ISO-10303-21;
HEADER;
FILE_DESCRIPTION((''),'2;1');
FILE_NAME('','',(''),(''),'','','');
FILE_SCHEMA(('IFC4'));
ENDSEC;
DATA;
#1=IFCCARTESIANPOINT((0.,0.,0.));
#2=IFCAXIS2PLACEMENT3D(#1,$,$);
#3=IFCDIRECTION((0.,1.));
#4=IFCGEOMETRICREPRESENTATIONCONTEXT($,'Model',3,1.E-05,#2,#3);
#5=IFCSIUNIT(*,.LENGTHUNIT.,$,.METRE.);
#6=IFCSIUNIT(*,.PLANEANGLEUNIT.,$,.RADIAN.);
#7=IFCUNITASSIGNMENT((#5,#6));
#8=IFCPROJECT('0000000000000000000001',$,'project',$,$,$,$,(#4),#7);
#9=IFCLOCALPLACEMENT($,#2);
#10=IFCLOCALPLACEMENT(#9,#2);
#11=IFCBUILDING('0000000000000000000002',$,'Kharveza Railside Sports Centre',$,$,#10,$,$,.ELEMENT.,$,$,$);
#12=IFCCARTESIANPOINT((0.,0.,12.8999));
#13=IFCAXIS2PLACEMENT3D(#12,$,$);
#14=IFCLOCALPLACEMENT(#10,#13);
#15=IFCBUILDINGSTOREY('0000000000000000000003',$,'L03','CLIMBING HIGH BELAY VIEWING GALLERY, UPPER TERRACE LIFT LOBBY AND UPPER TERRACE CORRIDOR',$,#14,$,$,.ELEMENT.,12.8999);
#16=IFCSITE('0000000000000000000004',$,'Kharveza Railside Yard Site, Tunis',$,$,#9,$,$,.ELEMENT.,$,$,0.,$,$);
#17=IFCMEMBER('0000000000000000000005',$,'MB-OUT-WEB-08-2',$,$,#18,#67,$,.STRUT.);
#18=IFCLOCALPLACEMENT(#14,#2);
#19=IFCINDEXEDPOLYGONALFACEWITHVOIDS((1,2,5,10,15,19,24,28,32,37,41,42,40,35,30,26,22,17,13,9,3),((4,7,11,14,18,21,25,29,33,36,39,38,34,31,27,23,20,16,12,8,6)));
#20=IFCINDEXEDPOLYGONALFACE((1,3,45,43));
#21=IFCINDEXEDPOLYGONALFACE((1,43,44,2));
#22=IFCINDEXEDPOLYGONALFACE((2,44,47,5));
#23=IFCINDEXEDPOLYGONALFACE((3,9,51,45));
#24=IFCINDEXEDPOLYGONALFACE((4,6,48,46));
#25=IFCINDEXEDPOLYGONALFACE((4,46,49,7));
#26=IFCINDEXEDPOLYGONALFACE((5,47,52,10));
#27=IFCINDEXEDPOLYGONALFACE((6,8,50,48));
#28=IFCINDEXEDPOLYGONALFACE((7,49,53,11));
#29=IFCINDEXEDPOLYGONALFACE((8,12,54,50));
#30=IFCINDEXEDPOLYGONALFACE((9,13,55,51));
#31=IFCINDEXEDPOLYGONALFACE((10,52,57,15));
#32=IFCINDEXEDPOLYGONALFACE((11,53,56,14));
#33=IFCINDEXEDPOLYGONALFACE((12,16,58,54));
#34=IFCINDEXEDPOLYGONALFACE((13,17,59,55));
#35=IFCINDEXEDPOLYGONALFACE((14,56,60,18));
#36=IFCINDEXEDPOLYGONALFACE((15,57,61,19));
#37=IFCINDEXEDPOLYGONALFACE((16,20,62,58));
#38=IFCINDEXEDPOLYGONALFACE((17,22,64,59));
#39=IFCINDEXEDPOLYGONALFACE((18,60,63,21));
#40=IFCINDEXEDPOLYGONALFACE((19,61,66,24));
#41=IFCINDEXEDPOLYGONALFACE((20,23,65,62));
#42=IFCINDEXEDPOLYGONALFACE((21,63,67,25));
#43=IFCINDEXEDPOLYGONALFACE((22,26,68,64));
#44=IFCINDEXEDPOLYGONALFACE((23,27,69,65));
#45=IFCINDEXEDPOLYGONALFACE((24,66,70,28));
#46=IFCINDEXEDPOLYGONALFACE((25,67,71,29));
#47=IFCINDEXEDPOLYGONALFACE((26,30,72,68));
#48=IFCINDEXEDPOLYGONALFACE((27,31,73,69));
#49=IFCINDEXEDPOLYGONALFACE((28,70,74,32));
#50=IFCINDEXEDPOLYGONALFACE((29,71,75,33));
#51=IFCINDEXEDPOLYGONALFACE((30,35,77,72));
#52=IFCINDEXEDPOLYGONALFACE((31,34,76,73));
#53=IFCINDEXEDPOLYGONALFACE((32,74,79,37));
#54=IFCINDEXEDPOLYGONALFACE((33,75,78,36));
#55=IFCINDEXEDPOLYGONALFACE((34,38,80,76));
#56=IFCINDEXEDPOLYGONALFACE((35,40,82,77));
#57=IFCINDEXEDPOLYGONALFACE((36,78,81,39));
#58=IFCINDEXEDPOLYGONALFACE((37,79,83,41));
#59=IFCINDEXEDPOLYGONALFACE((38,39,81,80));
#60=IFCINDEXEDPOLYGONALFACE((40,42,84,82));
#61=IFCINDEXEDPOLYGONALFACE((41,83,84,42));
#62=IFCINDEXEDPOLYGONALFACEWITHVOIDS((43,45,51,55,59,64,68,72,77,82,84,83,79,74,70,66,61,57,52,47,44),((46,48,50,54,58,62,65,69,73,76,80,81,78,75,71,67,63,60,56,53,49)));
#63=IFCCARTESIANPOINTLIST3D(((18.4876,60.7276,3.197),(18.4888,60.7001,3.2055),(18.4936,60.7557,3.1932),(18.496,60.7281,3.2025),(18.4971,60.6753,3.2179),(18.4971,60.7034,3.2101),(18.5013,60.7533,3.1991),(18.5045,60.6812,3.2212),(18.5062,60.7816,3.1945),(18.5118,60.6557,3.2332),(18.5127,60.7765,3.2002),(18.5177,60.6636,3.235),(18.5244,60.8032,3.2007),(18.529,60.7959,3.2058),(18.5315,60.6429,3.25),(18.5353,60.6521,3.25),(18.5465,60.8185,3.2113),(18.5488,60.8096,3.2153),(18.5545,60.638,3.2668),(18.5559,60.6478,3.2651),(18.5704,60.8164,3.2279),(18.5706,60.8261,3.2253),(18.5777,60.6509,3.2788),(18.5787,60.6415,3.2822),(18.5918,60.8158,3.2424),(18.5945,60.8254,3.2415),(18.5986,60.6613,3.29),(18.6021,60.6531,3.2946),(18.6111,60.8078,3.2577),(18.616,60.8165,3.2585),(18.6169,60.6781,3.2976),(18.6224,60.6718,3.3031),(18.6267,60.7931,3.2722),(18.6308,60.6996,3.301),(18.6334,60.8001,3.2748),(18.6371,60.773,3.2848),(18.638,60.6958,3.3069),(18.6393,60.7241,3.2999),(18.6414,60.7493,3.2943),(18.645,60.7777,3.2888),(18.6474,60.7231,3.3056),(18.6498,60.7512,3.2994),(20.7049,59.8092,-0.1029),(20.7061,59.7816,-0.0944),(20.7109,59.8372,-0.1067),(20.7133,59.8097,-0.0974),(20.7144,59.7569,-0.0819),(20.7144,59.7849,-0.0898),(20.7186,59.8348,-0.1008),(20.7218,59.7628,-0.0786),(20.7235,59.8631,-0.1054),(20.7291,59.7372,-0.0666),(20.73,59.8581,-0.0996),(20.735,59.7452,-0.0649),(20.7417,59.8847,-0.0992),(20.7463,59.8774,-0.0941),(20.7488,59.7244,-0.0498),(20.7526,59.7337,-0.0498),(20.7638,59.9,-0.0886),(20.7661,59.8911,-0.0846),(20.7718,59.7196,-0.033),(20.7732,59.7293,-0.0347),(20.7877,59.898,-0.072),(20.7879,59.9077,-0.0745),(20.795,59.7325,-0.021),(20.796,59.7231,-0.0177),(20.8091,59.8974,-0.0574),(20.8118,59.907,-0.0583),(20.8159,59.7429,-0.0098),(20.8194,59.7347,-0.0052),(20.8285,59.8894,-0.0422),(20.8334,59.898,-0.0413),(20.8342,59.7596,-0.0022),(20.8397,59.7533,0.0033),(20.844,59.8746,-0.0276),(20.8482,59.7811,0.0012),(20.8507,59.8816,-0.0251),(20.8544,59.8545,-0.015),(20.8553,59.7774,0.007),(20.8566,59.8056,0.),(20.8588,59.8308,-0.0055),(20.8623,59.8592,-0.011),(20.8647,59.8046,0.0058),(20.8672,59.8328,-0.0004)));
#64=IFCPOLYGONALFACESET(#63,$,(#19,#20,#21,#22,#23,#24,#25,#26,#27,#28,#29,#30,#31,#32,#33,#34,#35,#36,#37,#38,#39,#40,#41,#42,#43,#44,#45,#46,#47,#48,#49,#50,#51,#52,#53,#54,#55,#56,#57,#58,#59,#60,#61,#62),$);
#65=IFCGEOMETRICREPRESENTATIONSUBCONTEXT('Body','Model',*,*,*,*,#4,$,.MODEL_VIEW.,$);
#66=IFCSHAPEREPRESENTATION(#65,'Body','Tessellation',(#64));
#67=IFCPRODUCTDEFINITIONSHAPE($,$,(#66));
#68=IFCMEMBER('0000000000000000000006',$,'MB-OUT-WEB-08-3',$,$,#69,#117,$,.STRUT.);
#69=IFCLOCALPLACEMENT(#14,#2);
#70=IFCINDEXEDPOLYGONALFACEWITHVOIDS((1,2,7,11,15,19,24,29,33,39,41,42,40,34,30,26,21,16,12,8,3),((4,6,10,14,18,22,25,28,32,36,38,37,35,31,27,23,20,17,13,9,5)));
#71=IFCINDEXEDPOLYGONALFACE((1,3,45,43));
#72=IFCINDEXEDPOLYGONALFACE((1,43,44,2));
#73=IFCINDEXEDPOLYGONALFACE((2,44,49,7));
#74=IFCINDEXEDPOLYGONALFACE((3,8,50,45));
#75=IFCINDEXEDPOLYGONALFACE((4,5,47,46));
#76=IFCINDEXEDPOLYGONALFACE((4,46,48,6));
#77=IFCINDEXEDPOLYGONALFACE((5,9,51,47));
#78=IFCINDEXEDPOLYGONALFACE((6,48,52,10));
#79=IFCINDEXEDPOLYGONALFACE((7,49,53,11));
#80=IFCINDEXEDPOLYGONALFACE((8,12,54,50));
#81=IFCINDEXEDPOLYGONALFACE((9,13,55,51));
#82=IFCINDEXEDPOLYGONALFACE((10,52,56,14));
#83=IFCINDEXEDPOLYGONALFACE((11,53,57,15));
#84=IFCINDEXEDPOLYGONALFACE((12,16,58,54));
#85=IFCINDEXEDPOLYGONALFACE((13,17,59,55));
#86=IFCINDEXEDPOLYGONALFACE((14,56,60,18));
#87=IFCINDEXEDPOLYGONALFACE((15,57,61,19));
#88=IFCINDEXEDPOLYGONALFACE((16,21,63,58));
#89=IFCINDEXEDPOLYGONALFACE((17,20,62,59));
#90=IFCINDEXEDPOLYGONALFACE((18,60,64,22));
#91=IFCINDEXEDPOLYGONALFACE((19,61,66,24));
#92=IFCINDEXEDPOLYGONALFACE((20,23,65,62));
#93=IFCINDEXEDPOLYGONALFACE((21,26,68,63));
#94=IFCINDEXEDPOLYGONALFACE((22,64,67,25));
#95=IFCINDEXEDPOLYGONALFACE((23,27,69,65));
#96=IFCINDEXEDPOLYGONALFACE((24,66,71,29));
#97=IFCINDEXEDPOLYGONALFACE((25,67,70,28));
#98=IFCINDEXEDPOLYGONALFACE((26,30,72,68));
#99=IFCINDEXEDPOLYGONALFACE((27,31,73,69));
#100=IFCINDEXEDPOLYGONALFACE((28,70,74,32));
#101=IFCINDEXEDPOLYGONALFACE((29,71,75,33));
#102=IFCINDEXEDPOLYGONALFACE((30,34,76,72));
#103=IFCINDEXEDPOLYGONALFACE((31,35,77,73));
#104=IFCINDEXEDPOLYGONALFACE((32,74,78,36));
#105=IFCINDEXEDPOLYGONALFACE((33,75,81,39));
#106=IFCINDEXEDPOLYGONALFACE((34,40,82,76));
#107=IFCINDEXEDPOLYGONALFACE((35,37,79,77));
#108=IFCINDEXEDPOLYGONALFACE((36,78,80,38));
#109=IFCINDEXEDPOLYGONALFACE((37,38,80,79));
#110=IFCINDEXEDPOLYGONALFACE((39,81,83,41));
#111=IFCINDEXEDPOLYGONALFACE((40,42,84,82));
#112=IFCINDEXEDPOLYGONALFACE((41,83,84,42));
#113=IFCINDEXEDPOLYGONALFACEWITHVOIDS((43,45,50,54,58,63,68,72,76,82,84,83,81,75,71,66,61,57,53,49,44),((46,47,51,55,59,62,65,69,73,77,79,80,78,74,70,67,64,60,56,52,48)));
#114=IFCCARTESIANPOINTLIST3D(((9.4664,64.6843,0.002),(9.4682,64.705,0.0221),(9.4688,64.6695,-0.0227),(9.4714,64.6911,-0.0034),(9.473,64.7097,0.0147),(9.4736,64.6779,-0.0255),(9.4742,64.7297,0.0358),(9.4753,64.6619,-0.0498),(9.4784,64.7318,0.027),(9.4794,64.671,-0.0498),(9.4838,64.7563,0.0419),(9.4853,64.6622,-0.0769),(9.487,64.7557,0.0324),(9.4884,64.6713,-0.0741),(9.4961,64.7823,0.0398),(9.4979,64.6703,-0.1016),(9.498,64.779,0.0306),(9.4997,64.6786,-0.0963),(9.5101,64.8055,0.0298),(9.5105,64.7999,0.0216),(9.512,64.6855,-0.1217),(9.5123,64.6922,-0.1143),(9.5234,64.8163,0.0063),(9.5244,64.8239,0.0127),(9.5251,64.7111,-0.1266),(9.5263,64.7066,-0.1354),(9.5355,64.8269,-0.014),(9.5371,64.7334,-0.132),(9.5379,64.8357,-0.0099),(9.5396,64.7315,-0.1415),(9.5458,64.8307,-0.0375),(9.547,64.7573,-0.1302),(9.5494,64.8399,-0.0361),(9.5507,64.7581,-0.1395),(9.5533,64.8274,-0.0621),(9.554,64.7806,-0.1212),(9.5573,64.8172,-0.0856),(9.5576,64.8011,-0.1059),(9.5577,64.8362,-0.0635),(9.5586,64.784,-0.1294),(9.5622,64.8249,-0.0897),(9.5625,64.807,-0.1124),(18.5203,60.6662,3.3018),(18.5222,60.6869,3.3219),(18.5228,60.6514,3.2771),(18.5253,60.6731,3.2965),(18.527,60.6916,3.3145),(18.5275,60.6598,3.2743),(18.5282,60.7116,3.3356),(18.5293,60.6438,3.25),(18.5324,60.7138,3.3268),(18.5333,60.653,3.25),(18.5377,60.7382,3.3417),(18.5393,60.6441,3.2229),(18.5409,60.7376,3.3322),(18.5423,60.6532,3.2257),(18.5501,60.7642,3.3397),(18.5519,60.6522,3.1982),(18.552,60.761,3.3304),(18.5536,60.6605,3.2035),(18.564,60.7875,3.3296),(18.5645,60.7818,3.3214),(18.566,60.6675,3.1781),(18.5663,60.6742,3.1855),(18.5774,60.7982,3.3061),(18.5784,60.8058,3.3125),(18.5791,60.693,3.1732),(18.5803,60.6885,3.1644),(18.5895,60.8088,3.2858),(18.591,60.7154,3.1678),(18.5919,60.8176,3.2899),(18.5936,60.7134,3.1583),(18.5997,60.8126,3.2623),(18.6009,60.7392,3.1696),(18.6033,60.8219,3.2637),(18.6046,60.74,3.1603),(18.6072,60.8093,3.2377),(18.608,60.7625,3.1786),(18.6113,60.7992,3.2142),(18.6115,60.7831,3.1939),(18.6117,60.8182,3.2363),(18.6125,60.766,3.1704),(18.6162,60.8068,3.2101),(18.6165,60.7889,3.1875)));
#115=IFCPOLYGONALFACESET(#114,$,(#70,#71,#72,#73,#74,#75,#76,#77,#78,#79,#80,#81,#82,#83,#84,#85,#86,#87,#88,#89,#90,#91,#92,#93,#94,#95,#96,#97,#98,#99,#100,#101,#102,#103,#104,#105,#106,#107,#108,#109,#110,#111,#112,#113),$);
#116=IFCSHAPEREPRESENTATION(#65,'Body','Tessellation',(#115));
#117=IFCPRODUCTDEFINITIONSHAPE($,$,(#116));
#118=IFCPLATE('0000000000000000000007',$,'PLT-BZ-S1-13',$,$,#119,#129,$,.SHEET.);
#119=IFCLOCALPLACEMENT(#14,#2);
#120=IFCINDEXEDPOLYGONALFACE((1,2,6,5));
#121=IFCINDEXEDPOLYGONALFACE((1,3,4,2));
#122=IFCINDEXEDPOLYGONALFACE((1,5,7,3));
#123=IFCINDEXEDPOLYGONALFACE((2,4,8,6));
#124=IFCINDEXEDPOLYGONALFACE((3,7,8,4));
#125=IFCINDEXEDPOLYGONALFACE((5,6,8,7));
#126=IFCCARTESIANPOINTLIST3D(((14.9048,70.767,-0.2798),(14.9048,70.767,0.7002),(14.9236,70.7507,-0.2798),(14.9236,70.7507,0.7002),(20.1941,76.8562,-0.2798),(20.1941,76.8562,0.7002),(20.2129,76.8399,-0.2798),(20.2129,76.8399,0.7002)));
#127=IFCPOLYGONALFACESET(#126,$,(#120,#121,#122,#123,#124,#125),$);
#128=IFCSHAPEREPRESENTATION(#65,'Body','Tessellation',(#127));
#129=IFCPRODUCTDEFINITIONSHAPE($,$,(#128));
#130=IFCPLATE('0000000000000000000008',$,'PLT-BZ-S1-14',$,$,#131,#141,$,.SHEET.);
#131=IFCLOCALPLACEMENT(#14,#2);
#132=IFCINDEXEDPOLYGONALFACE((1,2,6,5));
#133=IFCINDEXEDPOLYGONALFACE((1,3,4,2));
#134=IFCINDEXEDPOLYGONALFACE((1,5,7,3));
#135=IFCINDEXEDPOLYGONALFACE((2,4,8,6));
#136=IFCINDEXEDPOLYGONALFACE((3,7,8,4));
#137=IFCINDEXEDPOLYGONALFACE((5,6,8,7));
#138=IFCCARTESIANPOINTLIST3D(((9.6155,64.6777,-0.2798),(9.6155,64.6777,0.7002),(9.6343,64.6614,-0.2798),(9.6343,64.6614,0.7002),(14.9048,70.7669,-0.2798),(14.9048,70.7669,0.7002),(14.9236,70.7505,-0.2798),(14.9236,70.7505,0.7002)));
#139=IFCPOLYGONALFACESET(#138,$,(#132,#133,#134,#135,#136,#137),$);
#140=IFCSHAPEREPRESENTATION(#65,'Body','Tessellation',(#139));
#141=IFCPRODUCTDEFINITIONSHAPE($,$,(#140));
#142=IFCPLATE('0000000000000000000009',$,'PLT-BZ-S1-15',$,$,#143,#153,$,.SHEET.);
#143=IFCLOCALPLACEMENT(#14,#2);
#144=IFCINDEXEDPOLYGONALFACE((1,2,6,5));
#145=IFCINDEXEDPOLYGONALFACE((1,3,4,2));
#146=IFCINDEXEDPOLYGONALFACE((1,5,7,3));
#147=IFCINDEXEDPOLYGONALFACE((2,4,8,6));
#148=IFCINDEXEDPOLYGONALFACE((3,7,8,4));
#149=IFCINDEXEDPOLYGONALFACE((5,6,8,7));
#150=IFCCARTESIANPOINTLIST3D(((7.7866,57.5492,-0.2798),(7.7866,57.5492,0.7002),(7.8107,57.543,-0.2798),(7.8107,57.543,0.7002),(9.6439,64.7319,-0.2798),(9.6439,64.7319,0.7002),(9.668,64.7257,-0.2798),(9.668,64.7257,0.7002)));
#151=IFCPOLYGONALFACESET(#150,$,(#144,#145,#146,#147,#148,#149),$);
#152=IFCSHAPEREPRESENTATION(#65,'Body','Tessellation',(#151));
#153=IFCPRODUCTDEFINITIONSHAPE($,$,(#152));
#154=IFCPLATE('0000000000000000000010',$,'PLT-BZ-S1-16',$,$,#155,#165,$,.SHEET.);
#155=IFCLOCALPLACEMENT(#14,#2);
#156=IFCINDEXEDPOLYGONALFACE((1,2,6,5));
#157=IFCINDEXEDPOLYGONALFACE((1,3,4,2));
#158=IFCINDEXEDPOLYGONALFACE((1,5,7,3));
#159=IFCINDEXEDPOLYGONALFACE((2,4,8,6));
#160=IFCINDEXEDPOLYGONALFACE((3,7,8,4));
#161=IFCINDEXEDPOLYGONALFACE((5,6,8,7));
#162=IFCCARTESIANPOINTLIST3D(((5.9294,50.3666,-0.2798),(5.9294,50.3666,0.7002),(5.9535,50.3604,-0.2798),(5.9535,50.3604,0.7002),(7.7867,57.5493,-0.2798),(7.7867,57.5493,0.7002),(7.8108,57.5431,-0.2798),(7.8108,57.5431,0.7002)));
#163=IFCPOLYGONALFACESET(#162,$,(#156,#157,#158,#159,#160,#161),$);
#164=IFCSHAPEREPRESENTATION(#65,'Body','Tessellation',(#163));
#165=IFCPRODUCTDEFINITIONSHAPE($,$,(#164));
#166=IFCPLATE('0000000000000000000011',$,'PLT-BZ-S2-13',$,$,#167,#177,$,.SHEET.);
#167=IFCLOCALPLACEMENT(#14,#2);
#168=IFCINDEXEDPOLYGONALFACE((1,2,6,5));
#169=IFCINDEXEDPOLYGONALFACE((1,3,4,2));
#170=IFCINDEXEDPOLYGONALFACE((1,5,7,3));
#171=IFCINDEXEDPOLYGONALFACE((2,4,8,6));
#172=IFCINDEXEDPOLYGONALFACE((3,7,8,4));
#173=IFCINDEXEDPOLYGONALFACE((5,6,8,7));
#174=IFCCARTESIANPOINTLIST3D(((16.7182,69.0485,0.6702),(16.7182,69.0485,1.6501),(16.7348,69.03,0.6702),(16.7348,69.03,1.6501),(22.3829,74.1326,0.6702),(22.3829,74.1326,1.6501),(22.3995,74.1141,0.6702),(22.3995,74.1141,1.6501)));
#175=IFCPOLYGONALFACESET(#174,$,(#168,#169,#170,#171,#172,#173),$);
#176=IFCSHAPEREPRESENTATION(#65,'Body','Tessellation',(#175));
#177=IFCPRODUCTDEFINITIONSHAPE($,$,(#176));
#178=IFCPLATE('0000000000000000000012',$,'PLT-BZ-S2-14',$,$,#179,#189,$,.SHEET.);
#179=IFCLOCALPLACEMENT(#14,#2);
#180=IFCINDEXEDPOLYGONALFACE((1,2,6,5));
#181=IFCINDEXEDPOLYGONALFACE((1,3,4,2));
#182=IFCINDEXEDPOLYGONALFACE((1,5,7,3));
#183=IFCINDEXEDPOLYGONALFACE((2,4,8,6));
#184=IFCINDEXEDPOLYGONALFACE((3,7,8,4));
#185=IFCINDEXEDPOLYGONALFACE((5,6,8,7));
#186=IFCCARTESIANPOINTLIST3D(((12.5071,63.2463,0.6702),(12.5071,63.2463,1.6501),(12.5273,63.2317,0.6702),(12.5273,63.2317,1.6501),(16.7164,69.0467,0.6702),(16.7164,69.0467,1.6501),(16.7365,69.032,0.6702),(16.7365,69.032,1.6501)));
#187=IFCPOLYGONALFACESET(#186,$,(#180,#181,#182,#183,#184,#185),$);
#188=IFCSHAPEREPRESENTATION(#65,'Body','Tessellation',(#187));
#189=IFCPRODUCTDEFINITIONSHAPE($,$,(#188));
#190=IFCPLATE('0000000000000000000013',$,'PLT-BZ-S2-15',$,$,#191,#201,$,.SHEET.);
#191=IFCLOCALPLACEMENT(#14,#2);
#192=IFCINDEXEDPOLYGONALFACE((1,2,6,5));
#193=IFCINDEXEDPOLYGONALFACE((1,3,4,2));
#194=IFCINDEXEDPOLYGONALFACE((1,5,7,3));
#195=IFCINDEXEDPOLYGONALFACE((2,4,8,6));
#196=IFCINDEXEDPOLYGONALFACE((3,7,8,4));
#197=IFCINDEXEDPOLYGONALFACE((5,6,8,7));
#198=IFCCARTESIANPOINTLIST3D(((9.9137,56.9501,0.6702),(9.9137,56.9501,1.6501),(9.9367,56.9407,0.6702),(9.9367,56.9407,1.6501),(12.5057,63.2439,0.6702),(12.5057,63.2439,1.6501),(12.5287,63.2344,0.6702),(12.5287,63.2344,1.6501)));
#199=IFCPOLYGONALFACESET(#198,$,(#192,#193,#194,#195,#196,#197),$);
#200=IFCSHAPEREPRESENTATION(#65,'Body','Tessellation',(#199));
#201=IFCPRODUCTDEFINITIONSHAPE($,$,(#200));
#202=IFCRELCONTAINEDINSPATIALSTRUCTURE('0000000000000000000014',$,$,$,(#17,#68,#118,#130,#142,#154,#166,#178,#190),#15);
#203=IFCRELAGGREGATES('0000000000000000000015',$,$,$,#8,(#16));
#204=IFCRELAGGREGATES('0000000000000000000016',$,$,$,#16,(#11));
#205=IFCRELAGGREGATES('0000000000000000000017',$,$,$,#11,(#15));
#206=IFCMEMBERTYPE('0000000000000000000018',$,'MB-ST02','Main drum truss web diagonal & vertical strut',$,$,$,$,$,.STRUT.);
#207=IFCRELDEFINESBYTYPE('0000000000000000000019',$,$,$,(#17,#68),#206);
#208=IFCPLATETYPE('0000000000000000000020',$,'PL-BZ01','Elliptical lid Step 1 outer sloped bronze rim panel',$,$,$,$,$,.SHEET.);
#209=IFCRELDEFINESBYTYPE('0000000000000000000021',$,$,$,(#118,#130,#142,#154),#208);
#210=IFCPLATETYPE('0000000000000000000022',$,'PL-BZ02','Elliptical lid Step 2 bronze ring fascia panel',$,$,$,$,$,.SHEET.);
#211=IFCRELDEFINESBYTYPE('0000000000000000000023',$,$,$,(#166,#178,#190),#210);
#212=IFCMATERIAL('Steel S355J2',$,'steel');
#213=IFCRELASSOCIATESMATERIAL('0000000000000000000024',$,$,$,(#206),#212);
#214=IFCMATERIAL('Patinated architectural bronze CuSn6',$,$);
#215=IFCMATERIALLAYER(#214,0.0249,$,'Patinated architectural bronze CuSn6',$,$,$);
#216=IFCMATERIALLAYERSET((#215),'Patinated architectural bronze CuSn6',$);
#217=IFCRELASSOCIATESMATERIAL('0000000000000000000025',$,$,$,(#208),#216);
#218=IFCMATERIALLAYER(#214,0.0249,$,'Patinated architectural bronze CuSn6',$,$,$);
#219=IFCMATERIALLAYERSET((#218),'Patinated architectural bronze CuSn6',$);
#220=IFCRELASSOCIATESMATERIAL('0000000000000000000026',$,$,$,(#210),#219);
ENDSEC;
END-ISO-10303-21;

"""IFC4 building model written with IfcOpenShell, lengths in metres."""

from ifc_helpers import new_model, si_unit, direction, frame, origin, origin_2d, place, context, subcontext, project, spatial, rectangle, hollow_circle, extrude, material, layer, layer_set, material_profile, profile_set, type_object, element, save


model = new_model("IFC4")

# Units and contexts
model_context = context("Model", 3, precision=1e-05, world=origin(), true_north=direction((0.0, 1.0)))
body_context = subcontext(model_context, "Body", "Model", "MODEL_VIEW")
ifc_project = project(units=[si_unit("LENGTHUNIT", "METRE"), si_unit("PLANEANGLEUNIT", "RADIAN")], contexts=[model_context])

# Site, building, storey
site_placement = place(None, origin())
site = spatial("IfcSite", under=ifc_project, at=site_placement, Name="Kharveza Railside Yard Site, Tunis", CompositionType="ELEMENT", RefElevation=0.0)
building_placement = place(site_placement, origin())
building = spatial("IfcBuilding", under=site, at=building_placement, Name="Kharveza Railside Sports Centre", CompositionType="ELEMENT")
storey_placement = place(building_placement, frame((0.0, 0.0, 12.8999)))
storey = spatial("IfcBuildingStorey", under=building, at=storey_placement, Name="L03", Description="CLIMBING HIGH BELAY VIEWING GALLERY, UPPER TERRACE LIFT LOBBY AND UPPER TERRACE CORRIDOR", CompositionType="ELEMENT", Elevation=12.8999)

# Shared definitions
ifc_material_1 = material(Name="Steel S355J2", Category="steel")

# Members
ifc_material_profile_1 = material_profile(ifc_material_1, hollow_circle(Radius=0.0969, WallThickness=0.01, at=origin_2d()), Name="CHS 193.7x10.0")
ifc_profile_set_1 = profile_set([ifc_material_profile_1], Name="Steel S355J2")
member_type_1 = type_object("IfcMemberType", Name="MB-ST02", Description="Main drum truss web diagonal & vertical strut", PredefinedType="STRUT", material=ifc_profile_set_1)
member_1_placement = place(storey_placement, frame((20.7859, 59.814, -0.0498), z_axis=(-0.543416, 0.225097, 0.808722), x_axis=(-0.382693, -0.923875, 0.0)))
element("IfcMember", 1, at=member_1_placement, inside=storey, type_object=member_type_1, Name="MB-OUT-WEB-08-2", PredefinedType="STRUT", context=body_context, shape_type="SweptSolid", body=[
    extrude(hollow_circle(Radius=0.0969, WallThickness=0.01, at=origin_2d()), origin(), (0.0, 0.0, 1.0), 4.0803),
])
member_2_placement = place(storey_placement, frame((18.5686, 60.7324, 3.25), z_axis=(-0.867181, 0.384847, -0.316053), x_axis=(-0.40564, -0.914033, 0.0)))
element("IfcMember", 2, at=member_2_placement, inside=storey, type_object=member_type_1, Name="MB-OUT-WEB-08-3", PredefinedType="STRUT", context=body_context, shape_type="SweptSolid", body=[
    extrude(hollow_circle(Radius=0.0969, WallThickness=0.01, at=origin_2d()), origin(), (0.0, 0.0, 1.0), 10.4407),
])

# Plates
ifc_material_2 = material(Name="Patinated architectural bronze CuSn6")
ifc_layer_1 = layer(ifc_material_2, 0.0249, Name="Patinated architectural bronze CuSn6")
ifc_layer_set_1 = layer_set([ifc_layer_1], Name="Patinated architectural bronze CuSn6")
plate_type_1 = type_object("IfcPlateType", Name="PL-BZ01", Description="Elliptical lid Step 1 outer sloped bronze rim panel", PredefinedType="SHEET", material=ifc_layer_set_1)
for number, where, z_axis, x_axis, name in (
    (3, (17.5588, 73.8035, -0.2798), (0.0, 0.0, 1.0), (-0.655782, -0.75495, 0.0), "PLT-BZ-S1-13"),
    (4, (12.2695, 67.7141, -0.2798), (0.0, 0.0, 1.0), (-0.655782, -0.75495, 0.0), "PLT-BZ-S1-14"),
):
    element("IfcPlate", number, at=place(storey_placement, frame(where, z_axis=z_axis, x_axis=x_axis)), inside=storey, type_object=plate_type_1, Name=name, PredefinedType="SHEET", context=body_context, shape_type="SweptSolid", body=[
        extrude(rectangle(XDim=8.0657, YDim=0.0249, at=origin_2d()), origin(), (0.0, 0.0, 1.0), 0.98),
    ])
for number, where, z_axis, x_axis, name in (
    (5, (8.7273, 61.1375, -0.2798), (0.0, 0.0, 1.0), (-0.250346, -0.968156, 0.0), "PLT-BZ-S1-15"),
    (6, (6.8701, 53.9548, -0.2798), (0.0, 0.0, 1.0), (-0.250346, -0.968156, 0.0), "PLT-BZ-S1-16"),
):
    element("IfcPlate", number, at=place(storey_placement, frame(where, z_axis=z_axis, x_axis=x_axis)), inside=storey, type_object=plate_type_1, Name=name, PredefinedType="SHEET", context=body_context, shape_type="SweptSolid", body=[
        extrude(rectangle(XDim=7.4189, YDim=0.0249, at=origin_2d()), origin(), (0.0, 0.0, 1.0), 0.98),
    ])
ifc_layer_2 = layer(ifc_material_2, 0.0249, Name="Patinated architectural bronze CuSn6")
ifc_layer_set_2 = layer_set([ifc_layer_2], Name="Patinated architectural bronze CuSn6")
plate_type_2 = type_object("IfcPlateType", Name="PL-BZ02", Description="Elliptical lid Step 2 bronze ring fascia panel", PredefinedType="SHEET", material=ifc_layer_set_2)
plate_1_placement = place(storey_placement, frame((19.5588, 71.5813, 0.6702), z_axis=(0.0, 0.0, 1.0), x_axis=(-0.744218, -0.667936, 0.0)))
element("IfcPlate", 7, at=plate_1_placement, inside=storey, type_object=plate_type_2, Name="PLT-BZ-S2-13", PredefinedType="SHEET", context=body_context, shape_type="SweptSolid", body=[
    extrude(rectangle(XDim=7.6116, YDim=0.0249, at=origin_2d()), origin(), (0.0, 0.0, 1.0), 0.98),
])
plate_2_placement = place(storey_placement, frame((14.6218, 66.1392, 0.6702), z_axis=(0.0, 0.0, 1.0), x_axis=(-0.587333, -0.809345, 0.0)))
element("IfcPlate", 8, at=plate_2_placement, inside=storey, type_object=plate_type_2, Name="PLT-BZ-S2-14", PredefinedType="SHEET", context=body_context, shape_type="SweptSolid", body=[
    extrude(rectangle(XDim=7.1667, YDim=0.0249, at=origin_2d()), origin(), (0.0, 0.0, 1.0), 0.98),
])
plate_3_placement = place(storey_placement, frame((11.2212, 60.0923, 0.6702), z_axis=(0.0, 0.0, 1.0), x_axis=(-0.380812, -0.924652, 0.0)))
element("IfcPlate", 9, at=plate_3_placement, inside=storey, type_object=plate_type_2, Name="PLT-BZ-S2-15", PredefinedType="SHEET", context=body_context, shape_type="SweptSolid", body=[
    extrude(rectangle(XDim=6.8066, YDim=0.0249, at=origin_2d()), origin(), (0.0, 0.0, 1.0), 0.98),
])

save(model, "model.ifc")
